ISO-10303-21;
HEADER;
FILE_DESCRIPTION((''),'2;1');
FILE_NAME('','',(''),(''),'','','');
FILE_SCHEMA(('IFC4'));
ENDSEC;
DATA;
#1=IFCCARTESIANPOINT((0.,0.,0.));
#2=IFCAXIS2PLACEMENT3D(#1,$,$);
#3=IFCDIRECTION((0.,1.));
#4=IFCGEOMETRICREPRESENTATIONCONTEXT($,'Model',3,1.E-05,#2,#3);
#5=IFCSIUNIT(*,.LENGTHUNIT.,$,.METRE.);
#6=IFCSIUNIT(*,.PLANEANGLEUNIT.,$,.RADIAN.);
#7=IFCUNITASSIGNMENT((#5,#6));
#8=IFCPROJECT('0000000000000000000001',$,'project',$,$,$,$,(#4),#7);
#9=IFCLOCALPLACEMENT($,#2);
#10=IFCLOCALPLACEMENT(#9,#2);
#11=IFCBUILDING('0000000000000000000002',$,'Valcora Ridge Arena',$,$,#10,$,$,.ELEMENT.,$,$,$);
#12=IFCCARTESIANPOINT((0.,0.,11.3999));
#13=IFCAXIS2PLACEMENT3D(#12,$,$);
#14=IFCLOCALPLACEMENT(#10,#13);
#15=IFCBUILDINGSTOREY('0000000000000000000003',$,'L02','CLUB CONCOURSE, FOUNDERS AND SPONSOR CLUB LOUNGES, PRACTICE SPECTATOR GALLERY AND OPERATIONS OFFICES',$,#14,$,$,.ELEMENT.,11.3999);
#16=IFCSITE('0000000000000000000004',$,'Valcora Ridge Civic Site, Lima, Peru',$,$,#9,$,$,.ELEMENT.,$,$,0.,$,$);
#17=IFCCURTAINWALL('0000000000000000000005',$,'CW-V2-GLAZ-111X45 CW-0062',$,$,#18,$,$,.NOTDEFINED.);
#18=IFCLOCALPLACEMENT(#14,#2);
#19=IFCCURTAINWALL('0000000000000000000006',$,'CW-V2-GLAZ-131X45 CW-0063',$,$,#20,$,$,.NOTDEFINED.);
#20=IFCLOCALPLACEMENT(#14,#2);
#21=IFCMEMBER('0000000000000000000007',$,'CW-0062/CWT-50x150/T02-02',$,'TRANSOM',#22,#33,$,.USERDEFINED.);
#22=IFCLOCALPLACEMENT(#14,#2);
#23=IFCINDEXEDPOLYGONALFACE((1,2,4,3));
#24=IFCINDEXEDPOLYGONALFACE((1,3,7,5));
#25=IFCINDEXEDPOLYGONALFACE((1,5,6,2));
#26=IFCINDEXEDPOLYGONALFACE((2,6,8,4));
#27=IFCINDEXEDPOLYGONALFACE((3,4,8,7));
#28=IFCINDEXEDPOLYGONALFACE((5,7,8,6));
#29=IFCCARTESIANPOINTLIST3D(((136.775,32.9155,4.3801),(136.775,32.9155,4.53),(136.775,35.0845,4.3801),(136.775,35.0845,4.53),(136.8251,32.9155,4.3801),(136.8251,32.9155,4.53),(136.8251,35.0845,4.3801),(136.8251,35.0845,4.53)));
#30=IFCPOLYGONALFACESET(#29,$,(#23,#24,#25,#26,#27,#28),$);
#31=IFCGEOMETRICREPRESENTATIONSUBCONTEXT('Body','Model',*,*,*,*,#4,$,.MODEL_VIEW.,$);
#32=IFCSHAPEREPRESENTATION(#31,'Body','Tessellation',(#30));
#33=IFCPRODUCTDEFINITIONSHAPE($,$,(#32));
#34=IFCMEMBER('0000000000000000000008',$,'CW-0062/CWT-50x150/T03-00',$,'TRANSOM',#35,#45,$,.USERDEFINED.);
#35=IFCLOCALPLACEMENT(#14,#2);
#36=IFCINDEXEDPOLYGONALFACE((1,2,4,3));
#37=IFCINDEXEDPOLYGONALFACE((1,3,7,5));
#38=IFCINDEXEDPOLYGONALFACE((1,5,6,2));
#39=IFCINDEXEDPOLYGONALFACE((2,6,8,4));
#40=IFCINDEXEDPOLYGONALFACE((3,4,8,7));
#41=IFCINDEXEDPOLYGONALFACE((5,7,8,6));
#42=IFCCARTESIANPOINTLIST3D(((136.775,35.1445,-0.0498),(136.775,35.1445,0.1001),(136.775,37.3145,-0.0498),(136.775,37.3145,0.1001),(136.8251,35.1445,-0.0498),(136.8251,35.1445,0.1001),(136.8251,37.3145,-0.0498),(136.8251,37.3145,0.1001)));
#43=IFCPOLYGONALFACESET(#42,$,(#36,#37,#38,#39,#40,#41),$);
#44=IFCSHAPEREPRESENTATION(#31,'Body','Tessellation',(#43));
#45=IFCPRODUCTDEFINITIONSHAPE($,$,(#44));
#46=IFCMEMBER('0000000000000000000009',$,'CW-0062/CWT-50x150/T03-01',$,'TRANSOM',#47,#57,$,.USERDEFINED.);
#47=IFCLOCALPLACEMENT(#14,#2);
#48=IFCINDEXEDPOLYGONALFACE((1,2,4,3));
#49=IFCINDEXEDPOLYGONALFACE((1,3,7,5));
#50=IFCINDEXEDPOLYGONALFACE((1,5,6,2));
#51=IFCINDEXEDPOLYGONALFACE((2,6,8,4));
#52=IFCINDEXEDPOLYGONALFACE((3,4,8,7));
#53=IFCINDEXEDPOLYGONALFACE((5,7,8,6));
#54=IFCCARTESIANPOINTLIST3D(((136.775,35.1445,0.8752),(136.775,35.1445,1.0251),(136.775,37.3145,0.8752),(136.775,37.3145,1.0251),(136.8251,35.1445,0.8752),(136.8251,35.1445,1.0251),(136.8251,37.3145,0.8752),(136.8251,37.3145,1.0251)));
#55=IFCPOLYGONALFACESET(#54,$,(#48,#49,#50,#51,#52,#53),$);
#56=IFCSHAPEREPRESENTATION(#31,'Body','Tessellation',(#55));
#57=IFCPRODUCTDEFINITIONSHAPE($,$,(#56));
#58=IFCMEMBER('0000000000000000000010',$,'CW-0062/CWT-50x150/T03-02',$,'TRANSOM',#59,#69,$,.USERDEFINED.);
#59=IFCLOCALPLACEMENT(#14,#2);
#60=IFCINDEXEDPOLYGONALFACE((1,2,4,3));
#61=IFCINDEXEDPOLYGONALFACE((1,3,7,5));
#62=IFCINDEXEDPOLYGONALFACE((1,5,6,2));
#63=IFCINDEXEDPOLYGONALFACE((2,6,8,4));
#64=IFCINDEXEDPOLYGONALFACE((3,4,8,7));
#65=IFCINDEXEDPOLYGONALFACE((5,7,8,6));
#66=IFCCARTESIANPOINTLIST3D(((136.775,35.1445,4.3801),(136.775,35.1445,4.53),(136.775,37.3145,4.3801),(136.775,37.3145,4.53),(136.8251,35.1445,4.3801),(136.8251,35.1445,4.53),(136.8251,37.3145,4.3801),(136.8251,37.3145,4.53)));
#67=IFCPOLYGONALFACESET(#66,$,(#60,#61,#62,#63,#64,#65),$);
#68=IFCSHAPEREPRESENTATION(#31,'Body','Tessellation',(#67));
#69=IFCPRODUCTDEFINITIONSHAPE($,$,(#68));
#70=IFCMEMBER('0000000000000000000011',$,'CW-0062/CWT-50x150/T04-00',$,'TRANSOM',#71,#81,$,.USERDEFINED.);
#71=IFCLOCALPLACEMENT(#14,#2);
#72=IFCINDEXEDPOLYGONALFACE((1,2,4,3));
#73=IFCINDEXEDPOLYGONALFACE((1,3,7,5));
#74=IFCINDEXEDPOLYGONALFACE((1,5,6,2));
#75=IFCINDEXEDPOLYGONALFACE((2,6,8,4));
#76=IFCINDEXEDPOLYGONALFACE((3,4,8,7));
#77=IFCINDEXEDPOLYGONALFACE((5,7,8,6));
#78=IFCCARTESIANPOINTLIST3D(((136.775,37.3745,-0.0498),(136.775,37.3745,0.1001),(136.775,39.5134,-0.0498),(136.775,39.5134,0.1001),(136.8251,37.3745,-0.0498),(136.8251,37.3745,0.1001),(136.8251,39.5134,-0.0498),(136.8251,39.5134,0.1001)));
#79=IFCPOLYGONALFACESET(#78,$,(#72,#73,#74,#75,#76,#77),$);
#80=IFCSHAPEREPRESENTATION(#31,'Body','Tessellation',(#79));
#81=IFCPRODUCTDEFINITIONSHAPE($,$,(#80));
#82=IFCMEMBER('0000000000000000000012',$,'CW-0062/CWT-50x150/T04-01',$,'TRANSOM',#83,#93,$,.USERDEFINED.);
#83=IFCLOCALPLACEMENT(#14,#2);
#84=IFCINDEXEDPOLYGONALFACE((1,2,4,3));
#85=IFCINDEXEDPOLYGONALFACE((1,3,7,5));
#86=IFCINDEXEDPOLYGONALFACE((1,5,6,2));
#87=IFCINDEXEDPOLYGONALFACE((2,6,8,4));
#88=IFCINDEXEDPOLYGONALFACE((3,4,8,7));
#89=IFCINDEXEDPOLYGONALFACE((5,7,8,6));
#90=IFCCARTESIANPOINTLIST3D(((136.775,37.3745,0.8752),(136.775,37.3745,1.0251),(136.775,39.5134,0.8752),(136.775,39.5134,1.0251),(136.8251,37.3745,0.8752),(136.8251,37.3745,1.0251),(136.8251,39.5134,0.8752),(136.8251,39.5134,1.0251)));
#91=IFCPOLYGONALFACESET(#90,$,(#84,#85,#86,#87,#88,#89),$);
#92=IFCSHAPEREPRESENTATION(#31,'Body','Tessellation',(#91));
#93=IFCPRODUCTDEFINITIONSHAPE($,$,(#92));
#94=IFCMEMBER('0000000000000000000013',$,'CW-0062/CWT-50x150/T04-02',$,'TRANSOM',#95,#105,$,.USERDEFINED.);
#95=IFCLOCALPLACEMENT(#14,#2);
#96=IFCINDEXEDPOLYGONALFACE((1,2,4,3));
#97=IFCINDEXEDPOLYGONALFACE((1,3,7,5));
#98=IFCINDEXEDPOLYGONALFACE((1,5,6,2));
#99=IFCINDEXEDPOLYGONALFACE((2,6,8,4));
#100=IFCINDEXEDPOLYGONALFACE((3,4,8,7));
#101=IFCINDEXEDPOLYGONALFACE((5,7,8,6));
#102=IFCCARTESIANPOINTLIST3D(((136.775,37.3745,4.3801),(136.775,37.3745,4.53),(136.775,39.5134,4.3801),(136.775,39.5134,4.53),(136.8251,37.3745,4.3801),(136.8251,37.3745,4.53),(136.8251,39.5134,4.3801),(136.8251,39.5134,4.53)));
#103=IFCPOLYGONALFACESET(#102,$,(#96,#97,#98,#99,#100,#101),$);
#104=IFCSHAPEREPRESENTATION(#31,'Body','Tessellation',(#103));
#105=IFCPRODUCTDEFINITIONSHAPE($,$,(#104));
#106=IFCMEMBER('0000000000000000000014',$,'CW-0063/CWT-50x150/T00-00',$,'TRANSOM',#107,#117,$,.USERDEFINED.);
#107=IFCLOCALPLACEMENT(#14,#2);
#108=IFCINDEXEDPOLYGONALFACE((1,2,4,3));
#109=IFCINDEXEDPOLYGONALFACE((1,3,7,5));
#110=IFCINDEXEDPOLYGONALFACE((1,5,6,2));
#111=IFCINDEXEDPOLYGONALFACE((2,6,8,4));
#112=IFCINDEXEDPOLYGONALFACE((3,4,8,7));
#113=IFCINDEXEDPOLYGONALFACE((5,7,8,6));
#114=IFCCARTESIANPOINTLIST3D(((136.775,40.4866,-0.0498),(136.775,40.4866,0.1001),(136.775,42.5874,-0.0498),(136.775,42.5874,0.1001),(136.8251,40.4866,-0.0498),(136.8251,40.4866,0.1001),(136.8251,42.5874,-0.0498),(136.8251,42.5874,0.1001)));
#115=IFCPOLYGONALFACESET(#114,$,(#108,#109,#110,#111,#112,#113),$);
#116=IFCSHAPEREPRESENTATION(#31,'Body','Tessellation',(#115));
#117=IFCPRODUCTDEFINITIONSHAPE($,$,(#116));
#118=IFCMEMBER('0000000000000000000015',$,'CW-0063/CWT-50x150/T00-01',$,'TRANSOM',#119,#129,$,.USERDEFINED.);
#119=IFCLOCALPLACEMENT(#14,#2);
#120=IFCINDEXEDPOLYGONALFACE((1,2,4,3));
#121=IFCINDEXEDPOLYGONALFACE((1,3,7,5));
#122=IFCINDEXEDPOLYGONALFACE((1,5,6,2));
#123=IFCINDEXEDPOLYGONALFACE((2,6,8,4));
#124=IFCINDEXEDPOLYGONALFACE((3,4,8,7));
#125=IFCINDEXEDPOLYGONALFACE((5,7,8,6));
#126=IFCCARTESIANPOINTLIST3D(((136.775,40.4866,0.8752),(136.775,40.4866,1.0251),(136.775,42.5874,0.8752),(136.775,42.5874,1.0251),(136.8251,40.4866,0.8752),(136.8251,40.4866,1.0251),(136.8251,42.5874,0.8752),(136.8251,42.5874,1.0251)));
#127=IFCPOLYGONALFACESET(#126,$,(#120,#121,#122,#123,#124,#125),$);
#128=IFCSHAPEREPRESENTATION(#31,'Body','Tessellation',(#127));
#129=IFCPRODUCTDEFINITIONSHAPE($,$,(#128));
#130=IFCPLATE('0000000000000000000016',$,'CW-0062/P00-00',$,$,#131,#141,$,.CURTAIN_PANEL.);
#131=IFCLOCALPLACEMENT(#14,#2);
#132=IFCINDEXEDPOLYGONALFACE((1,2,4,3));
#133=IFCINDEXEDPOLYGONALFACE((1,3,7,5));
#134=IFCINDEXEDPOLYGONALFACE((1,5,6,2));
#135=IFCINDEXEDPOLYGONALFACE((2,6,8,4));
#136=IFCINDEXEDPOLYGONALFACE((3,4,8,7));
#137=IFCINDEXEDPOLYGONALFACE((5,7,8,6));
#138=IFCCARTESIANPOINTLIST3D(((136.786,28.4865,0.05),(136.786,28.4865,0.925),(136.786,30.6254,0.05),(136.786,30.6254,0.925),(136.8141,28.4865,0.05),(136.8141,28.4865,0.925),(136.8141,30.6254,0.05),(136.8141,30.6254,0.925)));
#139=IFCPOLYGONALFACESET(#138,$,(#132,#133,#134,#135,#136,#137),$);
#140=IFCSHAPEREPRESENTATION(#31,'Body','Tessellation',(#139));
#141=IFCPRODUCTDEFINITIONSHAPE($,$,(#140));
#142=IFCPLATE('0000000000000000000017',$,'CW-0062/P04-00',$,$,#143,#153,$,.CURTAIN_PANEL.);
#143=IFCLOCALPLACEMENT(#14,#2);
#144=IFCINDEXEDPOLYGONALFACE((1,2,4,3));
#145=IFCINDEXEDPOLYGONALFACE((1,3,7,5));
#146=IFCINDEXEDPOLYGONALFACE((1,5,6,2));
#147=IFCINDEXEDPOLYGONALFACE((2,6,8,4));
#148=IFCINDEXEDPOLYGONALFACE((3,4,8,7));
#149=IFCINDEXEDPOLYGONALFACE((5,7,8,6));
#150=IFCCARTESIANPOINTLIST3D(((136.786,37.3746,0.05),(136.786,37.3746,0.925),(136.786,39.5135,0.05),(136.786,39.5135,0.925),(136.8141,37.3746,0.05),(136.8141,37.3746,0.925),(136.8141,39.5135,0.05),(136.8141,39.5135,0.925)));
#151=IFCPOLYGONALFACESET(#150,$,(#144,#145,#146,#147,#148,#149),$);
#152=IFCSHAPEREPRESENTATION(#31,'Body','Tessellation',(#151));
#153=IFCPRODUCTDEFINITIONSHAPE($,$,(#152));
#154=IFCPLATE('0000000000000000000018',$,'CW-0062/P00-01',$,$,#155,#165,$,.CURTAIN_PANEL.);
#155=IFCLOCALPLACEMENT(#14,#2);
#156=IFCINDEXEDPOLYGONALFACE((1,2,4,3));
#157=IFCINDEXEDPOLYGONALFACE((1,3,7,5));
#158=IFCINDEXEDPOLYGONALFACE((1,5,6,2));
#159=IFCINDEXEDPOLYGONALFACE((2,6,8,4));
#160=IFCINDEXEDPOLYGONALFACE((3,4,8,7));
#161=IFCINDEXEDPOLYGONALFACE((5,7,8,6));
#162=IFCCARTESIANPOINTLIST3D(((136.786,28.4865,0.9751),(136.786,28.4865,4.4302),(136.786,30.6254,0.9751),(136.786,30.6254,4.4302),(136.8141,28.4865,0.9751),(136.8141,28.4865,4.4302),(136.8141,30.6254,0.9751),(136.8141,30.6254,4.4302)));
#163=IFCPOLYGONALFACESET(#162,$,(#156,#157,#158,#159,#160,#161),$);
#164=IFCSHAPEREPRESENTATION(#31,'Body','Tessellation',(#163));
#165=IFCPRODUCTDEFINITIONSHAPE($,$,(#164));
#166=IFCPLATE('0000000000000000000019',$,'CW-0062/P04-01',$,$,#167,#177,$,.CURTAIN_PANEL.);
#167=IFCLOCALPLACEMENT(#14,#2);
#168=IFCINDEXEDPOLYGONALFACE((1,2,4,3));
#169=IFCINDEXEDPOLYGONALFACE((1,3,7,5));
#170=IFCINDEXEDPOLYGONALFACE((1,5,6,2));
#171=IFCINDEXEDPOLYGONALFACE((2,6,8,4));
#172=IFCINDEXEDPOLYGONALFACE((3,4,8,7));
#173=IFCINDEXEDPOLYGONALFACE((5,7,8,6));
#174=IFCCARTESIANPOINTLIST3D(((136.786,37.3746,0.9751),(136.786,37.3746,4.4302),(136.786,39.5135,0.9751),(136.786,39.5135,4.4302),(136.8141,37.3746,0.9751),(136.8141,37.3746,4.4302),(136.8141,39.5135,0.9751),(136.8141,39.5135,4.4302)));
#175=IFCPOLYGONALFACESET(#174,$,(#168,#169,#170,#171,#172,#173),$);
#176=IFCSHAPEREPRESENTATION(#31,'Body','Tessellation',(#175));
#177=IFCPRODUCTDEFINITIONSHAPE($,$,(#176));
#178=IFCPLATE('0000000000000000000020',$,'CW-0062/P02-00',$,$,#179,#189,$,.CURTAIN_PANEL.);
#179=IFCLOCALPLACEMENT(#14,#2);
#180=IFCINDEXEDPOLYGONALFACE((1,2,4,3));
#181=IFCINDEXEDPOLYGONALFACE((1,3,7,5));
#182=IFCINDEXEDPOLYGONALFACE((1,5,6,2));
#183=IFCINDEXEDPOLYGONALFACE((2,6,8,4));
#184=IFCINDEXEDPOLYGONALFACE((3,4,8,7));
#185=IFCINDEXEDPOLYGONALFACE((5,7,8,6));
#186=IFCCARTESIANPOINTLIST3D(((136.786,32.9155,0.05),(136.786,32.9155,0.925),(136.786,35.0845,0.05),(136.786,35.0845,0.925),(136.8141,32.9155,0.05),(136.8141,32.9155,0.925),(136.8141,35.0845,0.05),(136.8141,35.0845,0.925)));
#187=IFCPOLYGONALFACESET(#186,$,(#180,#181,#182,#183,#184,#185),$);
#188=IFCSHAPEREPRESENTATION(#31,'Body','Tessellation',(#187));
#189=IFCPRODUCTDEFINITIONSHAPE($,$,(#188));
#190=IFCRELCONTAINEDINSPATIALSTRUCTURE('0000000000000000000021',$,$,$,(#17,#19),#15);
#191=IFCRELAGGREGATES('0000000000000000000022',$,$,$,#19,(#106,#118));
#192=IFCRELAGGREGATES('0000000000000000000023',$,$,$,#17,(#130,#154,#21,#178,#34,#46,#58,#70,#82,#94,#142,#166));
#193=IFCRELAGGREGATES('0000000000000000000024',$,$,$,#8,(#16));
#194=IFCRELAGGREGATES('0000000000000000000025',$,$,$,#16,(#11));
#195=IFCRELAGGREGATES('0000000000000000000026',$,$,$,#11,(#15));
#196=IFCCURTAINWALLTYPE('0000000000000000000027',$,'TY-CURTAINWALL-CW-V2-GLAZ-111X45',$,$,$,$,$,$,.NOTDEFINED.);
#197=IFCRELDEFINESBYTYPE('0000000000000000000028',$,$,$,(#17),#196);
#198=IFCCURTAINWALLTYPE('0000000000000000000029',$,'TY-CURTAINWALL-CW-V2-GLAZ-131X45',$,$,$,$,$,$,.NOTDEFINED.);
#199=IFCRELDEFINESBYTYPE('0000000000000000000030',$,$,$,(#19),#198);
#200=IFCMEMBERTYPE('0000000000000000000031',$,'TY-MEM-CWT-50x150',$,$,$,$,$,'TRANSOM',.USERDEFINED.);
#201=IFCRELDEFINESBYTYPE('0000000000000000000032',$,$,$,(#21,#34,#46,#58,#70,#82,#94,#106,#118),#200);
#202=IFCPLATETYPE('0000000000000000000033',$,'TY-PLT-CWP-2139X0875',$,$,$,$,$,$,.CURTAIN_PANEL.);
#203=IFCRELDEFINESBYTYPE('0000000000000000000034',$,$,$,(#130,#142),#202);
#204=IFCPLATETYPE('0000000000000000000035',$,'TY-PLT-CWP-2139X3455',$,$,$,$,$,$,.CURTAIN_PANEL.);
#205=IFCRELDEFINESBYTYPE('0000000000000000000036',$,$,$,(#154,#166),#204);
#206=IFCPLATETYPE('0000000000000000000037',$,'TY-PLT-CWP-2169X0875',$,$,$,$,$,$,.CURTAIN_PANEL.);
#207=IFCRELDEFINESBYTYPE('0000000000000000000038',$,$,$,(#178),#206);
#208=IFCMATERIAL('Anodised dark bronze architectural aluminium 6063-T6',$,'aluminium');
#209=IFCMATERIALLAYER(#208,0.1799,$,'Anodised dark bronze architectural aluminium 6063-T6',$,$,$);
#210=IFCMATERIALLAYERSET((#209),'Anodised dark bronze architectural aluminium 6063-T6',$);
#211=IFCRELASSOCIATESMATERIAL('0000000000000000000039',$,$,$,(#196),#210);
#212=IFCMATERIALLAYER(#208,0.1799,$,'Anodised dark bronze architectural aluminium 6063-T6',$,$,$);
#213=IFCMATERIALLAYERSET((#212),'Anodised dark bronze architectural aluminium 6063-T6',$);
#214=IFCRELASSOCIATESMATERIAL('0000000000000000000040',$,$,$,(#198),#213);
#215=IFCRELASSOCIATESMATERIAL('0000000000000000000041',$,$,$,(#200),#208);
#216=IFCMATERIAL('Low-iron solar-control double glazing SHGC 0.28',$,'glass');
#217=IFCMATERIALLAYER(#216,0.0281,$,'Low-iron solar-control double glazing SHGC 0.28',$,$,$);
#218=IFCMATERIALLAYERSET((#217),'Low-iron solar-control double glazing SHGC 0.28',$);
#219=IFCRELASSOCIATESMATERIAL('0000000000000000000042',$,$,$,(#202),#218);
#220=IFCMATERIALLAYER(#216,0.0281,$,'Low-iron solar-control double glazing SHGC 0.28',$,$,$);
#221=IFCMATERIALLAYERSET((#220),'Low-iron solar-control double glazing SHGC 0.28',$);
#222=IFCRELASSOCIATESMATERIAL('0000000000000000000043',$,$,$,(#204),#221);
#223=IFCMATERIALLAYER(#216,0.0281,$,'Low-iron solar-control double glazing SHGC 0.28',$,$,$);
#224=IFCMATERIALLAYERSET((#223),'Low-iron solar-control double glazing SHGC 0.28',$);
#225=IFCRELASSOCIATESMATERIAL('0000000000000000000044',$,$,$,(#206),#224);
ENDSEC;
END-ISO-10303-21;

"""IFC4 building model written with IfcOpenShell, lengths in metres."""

from ifc_helpers import new_model, si_unit, direction, frame, origin, origin_2d, place, context, subcontext, project, spatial, rectangle, extrude, material, layer, layer_set, material_profile, profile_set, type_object, element, aggregate, save


model = new_model("IFC4")

# Units and contexts
model_context = context("Model", 3, precision=1e-05, world=origin(), true_north=direction((0.0, 1.0)))
body_context = subcontext(model_context, "Body", "Model", "MODEL_VIEW")
ifc_project = project(units=[si_unit("LENGTHUNIT", "METRE"), si_unit("PLANEANGLEUNIT", "RADIAN")], contexts=[model_context])

# Site, building, storey
site_placement = place(None, origin())
site = spatial("IfcSite", under=ifc_project, at=site_placement, Name="Valcora Ridge Civic Site, Lima, Peru", CompositionType="ELEMENT", RefElevation=0.0)
building_placement = place(site_placement, origin())
building = spatial("IfcBuilding", under=site, at=building_placement, Name="Valcora Ridge Arena", CompositionType="ELEMENT")
storey_placement = place(building_placement, frame((0.0, 0.0, 11.3999)))
storey = spatial("IfcBuildingStorey", under=building, at=storey_placement, Name="L02", Description="CLUB CONCOURSE, FOUNDERS AND SPONSOR CLUB LOUNGES, PRACTICE SPECTATOR GALLERY AND OPERATIONS OFFICES", CompositionType="ELEMENT", Elevation=11.3999)

# Curtain wall
ifc_material_1 = material(Name="Anodised dark bronze architectural aluminium 6063-T6", Category="aluminium")
ifc_layer_1 = layer(ifc_material_1, 0.1799, Name="Anodised dark bronze architectural aluminium 6063-T6")
ifc_layer_set_1 = layer_set([ifc_layer_1], Name="Anodised dark bronze architectural aluminium 6063-T6")
curtain_wall_type_1 = type_object("IfcCurtainWallType", Name="TY-CURTAINWALL-CW-V2-GLAZ-111X45", PredefinedType="NOTDEFINED", material=ifc_layer_set_1)
curtain_wall_1_placement = place(storey_placement, origin())
curtain_wall_1 = element("IfcCurtainWall", 1, at=curtain_wall_1_placement, inside=storey, type_object=curtain_wall_type_1, Name="CW-V2-GLAZ-111X45 CW-0062", PredefinedType="NOTDEFINED")

# Curtain wall
ifc_layer_2 = layer(ifc_material_1, 0.1799, Name="Anodised dark bronze architectural aluminium 6063-T6")
ifc_layer_set_2 = layer_set([ifc_layer_2], Name="Anodised dark bronze architectural aluminium 6063-T6")
curtain_wall_type_2 = type_object("IfcCurtainWallType", Name="TY-CURTAINWALL-CW-V2-GLAZ-131X45", PredefinedType="NOTDEFINED", material=ifc_layer_set_2)
curtain_wall_2_placement = place(storey_placement, origin())
curtain_wall_2 = element("IfcCurtainWall", 2, at=curtain_wall_2_placement, inside=storey, type_object=curtain_wall_type_2, Name="CW-V2-GLAZ-131X45 CW-0063", PredefinedType="NOTDEFINED")

# Members
ifc_material_profile_1 = material_profile(ifc_material_1, rectangle(XDim=0.05, YDim=0.1499, at=origin_2d()), Name="ALU TRANSOM 50x150")
ifc_profile_set_1 = profile_set([ifc_material_profile_1], Name="Anodised dark bronze architectural aluminium 6063-T6")
member_type_1 = type_object("IfcMemberType", Name="TY-MEM-CWT-50x150", ElementType="TRANSOM", PredefinedType="USERDEFINED", material=ifc_profile_set_1)
member_1_placement = place(storey_placement, frame((136.8, 32.9155, 4.4551), z_axis=(0.0, 1.0, 0.0), x_axis=(-1.0, 0.0, 0.0)))
member_1 = element("IfcMember", 3, at=member_1_placement, type_object=member_type_1, Name="CW-0062/CWT-50x150/T02-02", ObjectType="TRANSOM", PredefinedType="USERDEFINED", context=body_context, shape_type="SweptSolid", body=[
    extrude(rectangle(XDim=0.05, YDim=0.1499, at=origin_2d()), origin(), (0.0, 0.0, 1.0), 2.1689),
])
member_2_placement = place(storey_placement, frame((136.8, 35.1445, 0.0251), z_axis=(0.0, 1.0, 0.0), x_axis=(-1.0, 0.0, 0.0)))
member_2 = element("IfcMember", 4, at=member_2_placement, type_object=member_type_1, Name="CW-0062/CWT-50x150/T03-00", ObjectType="TRANSOM", PredefinedType="USERDEFINED", context=body_context, shape_type="SweptSolid", body=[
    extrude(rectangle(XDim=0.05, YDim=0.1499, at=origin_2d()), origin(), (0.0, 0.0, 1.0), 2.1699),
])
member_3_placement = place(storey_placement, frame((136.8, 35.1445, 0.9502), z_axis=(0.0, 1.0, 0.0), x_axis=(-1.0, 0.0, 0.0)))
member_3 = element("IfcMember", 5, at=member_3_placement, type_object=member_type_1, Name="CW-0062/CWT-50x150/T03-01", ObjectType="TRANSOM", PredefinedType="USERDEFINED", context=body_context, shape_type="SweptSolid", body=[
    extrude(rectangle(XDim=0.05, YDim=0.1499, at=origin_2d()), origin(), (0.0, 0.0, 1.0), 2.1699),
])
member_4_placement = place(storey_placement, frame((136.8, 35.1445, 4.4551), z_axis=(0.0, 1.0, 0.0), x_axis=(-1.0, 0.0, 0.0)))
member_4 = element("IfcMember", 6, at=member_4_placement, type_object=member_type_1, Name="CW-0062/CWT-50x150/T03-02", ObjectType="TRANSOM", PredefinedType="USERDEFINED", context=body_context, shape_type="SweptSolid", body=[
    extrude(rectangle(XDim=0.05, YDim=0.1499, at=origin_2d()), origin(), (0.0, 0.0, 1.0), 2.1699),
])
member_5_placement = place(storey_placement, frame((136.8, 37.3745, 0.0251), z_axis=(0.0, 1.0, 0.0), x_axis=(-1.0, 0.0, 0.0)))
member_5 = element("IfcMember", 7, at=member_5_placement, type_object=member_type_1, Name="CW-0062/CWT-50x150/T04-00", ObjectType="TRANSOM", PredefinedType="USERDEFINED", context=body_context, shape_type="SweptSolid", body=[
    extrude(rectangle(XDim=0.05, YDim=0.1499, at=origin_2d()), origin(), (0.0, 0.0, 1.0), 2.1389),
])
member_6_placement = place(storey_placement, frame((136.8, 37.3745, 0.9502), z_axis=(0.0, 1.0, 0.0), x_axis=(-1.0, 0.0, 0.0)))
member_6 = element("IfcMember", 8, at=member_6_placement, type_object=member_type_1, Name="CW-0062/CWT-50x150/T04-01", ObjectType="TRANSOM", PredefinedType="USERDEFINED", context=body_context, shape_type="SweptSolid", body=[
    extrude(rectangle(XDim=0.05, YDim=0.1499, at=origin_2d()), origin(), (0.0, 0.0, 1.0), 2.1389),
])
member_7_placement = place(storey_placement, frame((136.8, 37.3745, 4.4551), z_axis=(0.0, 1.0, 0.0), x_axis=(-1.0, 0.0, 0.0)))
member_7 = element("IfcMember", 9, at=member_7_placement, type_object=member_type_1, Name="CW-0062/CWT-50x150/T04-02", ObjectType="TRANSOM", PredefinedType="USERDEFINED", context=body_context, shape_type="SweptSolid", body=[
    extrude(rectangle(XDim=0.05, YDim=0.1499, at=origin_2d()), origin(), (0.0, 0.0, 1.0), 2.1389),
])
member_8_placement = place(storey_placement, frame((136.8, 40.4866, 0.0251), z_axis=(0.0, 1.0, 0.0), x_axis=(-1.0, 0.0, 0.0)))
member_8 = element("IfcMember", 10, at=member_8_placement, type_object=member_type_1, Name="CW-0063/CWT-50x150/T00-00", ObjectType="TRANSOM", PredefinedType="USERDEFINED", context=body_context, shape_type="SweptSolid", body=[
    extrude(rectangle(XDim=0.05, YDim=0.1499, at=origin_2d()), origin(), (0.0, 0.0, 1.0), 2.1008),
])
member_9_placement = place(storey_placement, frame((136.8, 40.4866, 0.9502), z_axis=(0.0, 1.0, 0.0), x_axis=(-1.0, 0.0, 0.0)))
member_9 = element("IfcMember", 11, at=member_9_placement, type_object=member_type_1, Name="CW-0063/CWT-50x150/T00-01", ObjectType="TRANSOM", PredefinedType="USERDEFINED", context=body_context, shape_type="SweptSolid", body=[
    extrude(rectangle(XDim=0.05, YDim=0.1499, at=origin_2d()), origin(), (0.0, 0.0, 1.0), 2.1008),
])
aggregate(curtain_wall_2, [member_8, member_9])

# Plates
ifc_material_2 = material(Name="Low-iron solar-control double glazing SHGC 0.28", Category="glass")
ifc_layer_3 = layer(ifc_material_2, 0.0281, Name="Low-iron solar-control double glazing SHGC 0.28")
ifc_layer_set_3 = layer_set([ifc_layer_3], Name="Low-iron solar-control double glazing SHGC 0.28")
plate_type_1 = type_object("IfcPlateType", Name="TY-PLT-CWP-2139X0875", PredefinedType="CURTAIN_PANEL", material=ifc_layer_set_3)
plate_1_placement = place(storey_placement, frame((136.8, 29.5559, 0.05), z_axis=(0.0, 0.0, 1.0), x_axis=(0.0, 1.0, 0.0)))
plate_1 = element("IfcPlate", 12, at=plate_1_placement, type_object=plate_type_1, Name="CW-0062/P00-00", PredefinedType="CURTAIN_PANEL", context=body_context, shape_type="SweptSolid", body=[
    extrude(rectangle(XDim=2.1389, YDim=0.0281, at=origin_2d()), origin(), (0.0, 0.0, 1.0), 0.875),
])
plate_2_placement = place(storey_placement, frame((136.8, 38.4441, 0.05), z_axis=(0.0, 0.0, 1.0), x_axis=(0.0, 1.0, 0.0)))
plate_2 = element("IfcPlate", 13, at=plate_2_placement, type_object=plate_type_1, Name="CW-0062/P04-00", PredefinedType="CURTAIN_PANEL", context=body_context, shape_type="SweptSolid", body=[
    extrude(rectangle(XDim=2.1389, YDim=0.0281, at=origin_2d()), origin(), (0.0, 0.0, 1.0), 0.875),
])
ifc_layer_4 = layer(ifc_material_2, 0.0281, Name="Low-iron solar-control double glazing SHGC 0.28")
ifc_layer_set_4 = layer_set([ifc_layer_4], Name="Low-iron solar-control double glazing SHGC 0.28")
plate_type_2 = type_object("IfcPlateType", Name="TY-PLT-CWP-2139X3455", PredefinedType="CURTAIN_PANEL", material=ifc_layer_set_4)
plate_3_placement = place(storey_placement, frame((136.8, 29.5559, 0.9751), z_axis=(0.0, 0.0, 1.0), x_axis=(0.0, 1.0, 0.0)))
plate_3 = element("IfcPlate", 14, at=plate_3_placement, type_object=plate_type_2, Name="CW-0062/P00-01", PredefinedType="CURTAIN_PANEL", context=body_context, shape_type="SweptSolid", body=[
    extrude(rectangle(XDim=2.1389, YDim=0.0281, at=origin_2d()), origin(), (0.0, 0.0, 1.0), 3.4551),
])
plate_4_placement = place(storey_placement, frame((136.8, 38.4441, 0.9751), z_axis=(0.0, 0.0, 1.0), x_axis=(0.0, 1.0, 0.0)))
plate_4 = element("IfcPlate", 15, at=plate_4_placement, type_object=plate_type_2, Name="CW-0062/P04-01", PredefinedType="CURTAIN_PANEL", context=body_context, shape_type="SweptSolid", body=[
    extrude(rectangle(XDim=2.1389, YDim=0.0281, at=origin_2d()), origin(), (0.0, 0.0, 1.0), 3.4551),
])
ifc_layer_5 = layer(ifc_material_2, 0.0281, Name="Low-iron solar-control double glazing SHGC 0.28")
ifc_layer_set_5 = layer_set([ifc_layer_5], Name="Low-iron solar-control double glazing SHGC 0.28")
plate_type_3 = type_object("IfcPlateType", Name="TY-PLT-CWP-2169X0875", PredefinedType="CURTAIN_PANEL", material=ifc_layer_set_5)
plate_5_placement = place(storey_placement, frame((136.8, 34.0, 0.05), z_axis=(0.0, 0.0, 1.0), x_axis=(0.0, 1.0, 0.0)))
plate_5 = element("IfcPlate", 16, at=plate_5_placement, type_object=plate_type_3, Name="CW-0062/P02-00", PredefinedType="CURTAIN_PANEL", context=body_context, shape_type="SweptSolid", body=[
    extrude(rectangle(XDim=2.1689, YDim=0.0281, at=origin_2d()), origin(), (0.0, 0.0, 1.0), 0.875),
])
aggregate(curtain_wall_1, [plate_1, plate_3, member_1, plate_5, member_2, member_3, member_4, member_5, member_6, member_7, plate_2, plate_4])

save(model, "model.ifc")
